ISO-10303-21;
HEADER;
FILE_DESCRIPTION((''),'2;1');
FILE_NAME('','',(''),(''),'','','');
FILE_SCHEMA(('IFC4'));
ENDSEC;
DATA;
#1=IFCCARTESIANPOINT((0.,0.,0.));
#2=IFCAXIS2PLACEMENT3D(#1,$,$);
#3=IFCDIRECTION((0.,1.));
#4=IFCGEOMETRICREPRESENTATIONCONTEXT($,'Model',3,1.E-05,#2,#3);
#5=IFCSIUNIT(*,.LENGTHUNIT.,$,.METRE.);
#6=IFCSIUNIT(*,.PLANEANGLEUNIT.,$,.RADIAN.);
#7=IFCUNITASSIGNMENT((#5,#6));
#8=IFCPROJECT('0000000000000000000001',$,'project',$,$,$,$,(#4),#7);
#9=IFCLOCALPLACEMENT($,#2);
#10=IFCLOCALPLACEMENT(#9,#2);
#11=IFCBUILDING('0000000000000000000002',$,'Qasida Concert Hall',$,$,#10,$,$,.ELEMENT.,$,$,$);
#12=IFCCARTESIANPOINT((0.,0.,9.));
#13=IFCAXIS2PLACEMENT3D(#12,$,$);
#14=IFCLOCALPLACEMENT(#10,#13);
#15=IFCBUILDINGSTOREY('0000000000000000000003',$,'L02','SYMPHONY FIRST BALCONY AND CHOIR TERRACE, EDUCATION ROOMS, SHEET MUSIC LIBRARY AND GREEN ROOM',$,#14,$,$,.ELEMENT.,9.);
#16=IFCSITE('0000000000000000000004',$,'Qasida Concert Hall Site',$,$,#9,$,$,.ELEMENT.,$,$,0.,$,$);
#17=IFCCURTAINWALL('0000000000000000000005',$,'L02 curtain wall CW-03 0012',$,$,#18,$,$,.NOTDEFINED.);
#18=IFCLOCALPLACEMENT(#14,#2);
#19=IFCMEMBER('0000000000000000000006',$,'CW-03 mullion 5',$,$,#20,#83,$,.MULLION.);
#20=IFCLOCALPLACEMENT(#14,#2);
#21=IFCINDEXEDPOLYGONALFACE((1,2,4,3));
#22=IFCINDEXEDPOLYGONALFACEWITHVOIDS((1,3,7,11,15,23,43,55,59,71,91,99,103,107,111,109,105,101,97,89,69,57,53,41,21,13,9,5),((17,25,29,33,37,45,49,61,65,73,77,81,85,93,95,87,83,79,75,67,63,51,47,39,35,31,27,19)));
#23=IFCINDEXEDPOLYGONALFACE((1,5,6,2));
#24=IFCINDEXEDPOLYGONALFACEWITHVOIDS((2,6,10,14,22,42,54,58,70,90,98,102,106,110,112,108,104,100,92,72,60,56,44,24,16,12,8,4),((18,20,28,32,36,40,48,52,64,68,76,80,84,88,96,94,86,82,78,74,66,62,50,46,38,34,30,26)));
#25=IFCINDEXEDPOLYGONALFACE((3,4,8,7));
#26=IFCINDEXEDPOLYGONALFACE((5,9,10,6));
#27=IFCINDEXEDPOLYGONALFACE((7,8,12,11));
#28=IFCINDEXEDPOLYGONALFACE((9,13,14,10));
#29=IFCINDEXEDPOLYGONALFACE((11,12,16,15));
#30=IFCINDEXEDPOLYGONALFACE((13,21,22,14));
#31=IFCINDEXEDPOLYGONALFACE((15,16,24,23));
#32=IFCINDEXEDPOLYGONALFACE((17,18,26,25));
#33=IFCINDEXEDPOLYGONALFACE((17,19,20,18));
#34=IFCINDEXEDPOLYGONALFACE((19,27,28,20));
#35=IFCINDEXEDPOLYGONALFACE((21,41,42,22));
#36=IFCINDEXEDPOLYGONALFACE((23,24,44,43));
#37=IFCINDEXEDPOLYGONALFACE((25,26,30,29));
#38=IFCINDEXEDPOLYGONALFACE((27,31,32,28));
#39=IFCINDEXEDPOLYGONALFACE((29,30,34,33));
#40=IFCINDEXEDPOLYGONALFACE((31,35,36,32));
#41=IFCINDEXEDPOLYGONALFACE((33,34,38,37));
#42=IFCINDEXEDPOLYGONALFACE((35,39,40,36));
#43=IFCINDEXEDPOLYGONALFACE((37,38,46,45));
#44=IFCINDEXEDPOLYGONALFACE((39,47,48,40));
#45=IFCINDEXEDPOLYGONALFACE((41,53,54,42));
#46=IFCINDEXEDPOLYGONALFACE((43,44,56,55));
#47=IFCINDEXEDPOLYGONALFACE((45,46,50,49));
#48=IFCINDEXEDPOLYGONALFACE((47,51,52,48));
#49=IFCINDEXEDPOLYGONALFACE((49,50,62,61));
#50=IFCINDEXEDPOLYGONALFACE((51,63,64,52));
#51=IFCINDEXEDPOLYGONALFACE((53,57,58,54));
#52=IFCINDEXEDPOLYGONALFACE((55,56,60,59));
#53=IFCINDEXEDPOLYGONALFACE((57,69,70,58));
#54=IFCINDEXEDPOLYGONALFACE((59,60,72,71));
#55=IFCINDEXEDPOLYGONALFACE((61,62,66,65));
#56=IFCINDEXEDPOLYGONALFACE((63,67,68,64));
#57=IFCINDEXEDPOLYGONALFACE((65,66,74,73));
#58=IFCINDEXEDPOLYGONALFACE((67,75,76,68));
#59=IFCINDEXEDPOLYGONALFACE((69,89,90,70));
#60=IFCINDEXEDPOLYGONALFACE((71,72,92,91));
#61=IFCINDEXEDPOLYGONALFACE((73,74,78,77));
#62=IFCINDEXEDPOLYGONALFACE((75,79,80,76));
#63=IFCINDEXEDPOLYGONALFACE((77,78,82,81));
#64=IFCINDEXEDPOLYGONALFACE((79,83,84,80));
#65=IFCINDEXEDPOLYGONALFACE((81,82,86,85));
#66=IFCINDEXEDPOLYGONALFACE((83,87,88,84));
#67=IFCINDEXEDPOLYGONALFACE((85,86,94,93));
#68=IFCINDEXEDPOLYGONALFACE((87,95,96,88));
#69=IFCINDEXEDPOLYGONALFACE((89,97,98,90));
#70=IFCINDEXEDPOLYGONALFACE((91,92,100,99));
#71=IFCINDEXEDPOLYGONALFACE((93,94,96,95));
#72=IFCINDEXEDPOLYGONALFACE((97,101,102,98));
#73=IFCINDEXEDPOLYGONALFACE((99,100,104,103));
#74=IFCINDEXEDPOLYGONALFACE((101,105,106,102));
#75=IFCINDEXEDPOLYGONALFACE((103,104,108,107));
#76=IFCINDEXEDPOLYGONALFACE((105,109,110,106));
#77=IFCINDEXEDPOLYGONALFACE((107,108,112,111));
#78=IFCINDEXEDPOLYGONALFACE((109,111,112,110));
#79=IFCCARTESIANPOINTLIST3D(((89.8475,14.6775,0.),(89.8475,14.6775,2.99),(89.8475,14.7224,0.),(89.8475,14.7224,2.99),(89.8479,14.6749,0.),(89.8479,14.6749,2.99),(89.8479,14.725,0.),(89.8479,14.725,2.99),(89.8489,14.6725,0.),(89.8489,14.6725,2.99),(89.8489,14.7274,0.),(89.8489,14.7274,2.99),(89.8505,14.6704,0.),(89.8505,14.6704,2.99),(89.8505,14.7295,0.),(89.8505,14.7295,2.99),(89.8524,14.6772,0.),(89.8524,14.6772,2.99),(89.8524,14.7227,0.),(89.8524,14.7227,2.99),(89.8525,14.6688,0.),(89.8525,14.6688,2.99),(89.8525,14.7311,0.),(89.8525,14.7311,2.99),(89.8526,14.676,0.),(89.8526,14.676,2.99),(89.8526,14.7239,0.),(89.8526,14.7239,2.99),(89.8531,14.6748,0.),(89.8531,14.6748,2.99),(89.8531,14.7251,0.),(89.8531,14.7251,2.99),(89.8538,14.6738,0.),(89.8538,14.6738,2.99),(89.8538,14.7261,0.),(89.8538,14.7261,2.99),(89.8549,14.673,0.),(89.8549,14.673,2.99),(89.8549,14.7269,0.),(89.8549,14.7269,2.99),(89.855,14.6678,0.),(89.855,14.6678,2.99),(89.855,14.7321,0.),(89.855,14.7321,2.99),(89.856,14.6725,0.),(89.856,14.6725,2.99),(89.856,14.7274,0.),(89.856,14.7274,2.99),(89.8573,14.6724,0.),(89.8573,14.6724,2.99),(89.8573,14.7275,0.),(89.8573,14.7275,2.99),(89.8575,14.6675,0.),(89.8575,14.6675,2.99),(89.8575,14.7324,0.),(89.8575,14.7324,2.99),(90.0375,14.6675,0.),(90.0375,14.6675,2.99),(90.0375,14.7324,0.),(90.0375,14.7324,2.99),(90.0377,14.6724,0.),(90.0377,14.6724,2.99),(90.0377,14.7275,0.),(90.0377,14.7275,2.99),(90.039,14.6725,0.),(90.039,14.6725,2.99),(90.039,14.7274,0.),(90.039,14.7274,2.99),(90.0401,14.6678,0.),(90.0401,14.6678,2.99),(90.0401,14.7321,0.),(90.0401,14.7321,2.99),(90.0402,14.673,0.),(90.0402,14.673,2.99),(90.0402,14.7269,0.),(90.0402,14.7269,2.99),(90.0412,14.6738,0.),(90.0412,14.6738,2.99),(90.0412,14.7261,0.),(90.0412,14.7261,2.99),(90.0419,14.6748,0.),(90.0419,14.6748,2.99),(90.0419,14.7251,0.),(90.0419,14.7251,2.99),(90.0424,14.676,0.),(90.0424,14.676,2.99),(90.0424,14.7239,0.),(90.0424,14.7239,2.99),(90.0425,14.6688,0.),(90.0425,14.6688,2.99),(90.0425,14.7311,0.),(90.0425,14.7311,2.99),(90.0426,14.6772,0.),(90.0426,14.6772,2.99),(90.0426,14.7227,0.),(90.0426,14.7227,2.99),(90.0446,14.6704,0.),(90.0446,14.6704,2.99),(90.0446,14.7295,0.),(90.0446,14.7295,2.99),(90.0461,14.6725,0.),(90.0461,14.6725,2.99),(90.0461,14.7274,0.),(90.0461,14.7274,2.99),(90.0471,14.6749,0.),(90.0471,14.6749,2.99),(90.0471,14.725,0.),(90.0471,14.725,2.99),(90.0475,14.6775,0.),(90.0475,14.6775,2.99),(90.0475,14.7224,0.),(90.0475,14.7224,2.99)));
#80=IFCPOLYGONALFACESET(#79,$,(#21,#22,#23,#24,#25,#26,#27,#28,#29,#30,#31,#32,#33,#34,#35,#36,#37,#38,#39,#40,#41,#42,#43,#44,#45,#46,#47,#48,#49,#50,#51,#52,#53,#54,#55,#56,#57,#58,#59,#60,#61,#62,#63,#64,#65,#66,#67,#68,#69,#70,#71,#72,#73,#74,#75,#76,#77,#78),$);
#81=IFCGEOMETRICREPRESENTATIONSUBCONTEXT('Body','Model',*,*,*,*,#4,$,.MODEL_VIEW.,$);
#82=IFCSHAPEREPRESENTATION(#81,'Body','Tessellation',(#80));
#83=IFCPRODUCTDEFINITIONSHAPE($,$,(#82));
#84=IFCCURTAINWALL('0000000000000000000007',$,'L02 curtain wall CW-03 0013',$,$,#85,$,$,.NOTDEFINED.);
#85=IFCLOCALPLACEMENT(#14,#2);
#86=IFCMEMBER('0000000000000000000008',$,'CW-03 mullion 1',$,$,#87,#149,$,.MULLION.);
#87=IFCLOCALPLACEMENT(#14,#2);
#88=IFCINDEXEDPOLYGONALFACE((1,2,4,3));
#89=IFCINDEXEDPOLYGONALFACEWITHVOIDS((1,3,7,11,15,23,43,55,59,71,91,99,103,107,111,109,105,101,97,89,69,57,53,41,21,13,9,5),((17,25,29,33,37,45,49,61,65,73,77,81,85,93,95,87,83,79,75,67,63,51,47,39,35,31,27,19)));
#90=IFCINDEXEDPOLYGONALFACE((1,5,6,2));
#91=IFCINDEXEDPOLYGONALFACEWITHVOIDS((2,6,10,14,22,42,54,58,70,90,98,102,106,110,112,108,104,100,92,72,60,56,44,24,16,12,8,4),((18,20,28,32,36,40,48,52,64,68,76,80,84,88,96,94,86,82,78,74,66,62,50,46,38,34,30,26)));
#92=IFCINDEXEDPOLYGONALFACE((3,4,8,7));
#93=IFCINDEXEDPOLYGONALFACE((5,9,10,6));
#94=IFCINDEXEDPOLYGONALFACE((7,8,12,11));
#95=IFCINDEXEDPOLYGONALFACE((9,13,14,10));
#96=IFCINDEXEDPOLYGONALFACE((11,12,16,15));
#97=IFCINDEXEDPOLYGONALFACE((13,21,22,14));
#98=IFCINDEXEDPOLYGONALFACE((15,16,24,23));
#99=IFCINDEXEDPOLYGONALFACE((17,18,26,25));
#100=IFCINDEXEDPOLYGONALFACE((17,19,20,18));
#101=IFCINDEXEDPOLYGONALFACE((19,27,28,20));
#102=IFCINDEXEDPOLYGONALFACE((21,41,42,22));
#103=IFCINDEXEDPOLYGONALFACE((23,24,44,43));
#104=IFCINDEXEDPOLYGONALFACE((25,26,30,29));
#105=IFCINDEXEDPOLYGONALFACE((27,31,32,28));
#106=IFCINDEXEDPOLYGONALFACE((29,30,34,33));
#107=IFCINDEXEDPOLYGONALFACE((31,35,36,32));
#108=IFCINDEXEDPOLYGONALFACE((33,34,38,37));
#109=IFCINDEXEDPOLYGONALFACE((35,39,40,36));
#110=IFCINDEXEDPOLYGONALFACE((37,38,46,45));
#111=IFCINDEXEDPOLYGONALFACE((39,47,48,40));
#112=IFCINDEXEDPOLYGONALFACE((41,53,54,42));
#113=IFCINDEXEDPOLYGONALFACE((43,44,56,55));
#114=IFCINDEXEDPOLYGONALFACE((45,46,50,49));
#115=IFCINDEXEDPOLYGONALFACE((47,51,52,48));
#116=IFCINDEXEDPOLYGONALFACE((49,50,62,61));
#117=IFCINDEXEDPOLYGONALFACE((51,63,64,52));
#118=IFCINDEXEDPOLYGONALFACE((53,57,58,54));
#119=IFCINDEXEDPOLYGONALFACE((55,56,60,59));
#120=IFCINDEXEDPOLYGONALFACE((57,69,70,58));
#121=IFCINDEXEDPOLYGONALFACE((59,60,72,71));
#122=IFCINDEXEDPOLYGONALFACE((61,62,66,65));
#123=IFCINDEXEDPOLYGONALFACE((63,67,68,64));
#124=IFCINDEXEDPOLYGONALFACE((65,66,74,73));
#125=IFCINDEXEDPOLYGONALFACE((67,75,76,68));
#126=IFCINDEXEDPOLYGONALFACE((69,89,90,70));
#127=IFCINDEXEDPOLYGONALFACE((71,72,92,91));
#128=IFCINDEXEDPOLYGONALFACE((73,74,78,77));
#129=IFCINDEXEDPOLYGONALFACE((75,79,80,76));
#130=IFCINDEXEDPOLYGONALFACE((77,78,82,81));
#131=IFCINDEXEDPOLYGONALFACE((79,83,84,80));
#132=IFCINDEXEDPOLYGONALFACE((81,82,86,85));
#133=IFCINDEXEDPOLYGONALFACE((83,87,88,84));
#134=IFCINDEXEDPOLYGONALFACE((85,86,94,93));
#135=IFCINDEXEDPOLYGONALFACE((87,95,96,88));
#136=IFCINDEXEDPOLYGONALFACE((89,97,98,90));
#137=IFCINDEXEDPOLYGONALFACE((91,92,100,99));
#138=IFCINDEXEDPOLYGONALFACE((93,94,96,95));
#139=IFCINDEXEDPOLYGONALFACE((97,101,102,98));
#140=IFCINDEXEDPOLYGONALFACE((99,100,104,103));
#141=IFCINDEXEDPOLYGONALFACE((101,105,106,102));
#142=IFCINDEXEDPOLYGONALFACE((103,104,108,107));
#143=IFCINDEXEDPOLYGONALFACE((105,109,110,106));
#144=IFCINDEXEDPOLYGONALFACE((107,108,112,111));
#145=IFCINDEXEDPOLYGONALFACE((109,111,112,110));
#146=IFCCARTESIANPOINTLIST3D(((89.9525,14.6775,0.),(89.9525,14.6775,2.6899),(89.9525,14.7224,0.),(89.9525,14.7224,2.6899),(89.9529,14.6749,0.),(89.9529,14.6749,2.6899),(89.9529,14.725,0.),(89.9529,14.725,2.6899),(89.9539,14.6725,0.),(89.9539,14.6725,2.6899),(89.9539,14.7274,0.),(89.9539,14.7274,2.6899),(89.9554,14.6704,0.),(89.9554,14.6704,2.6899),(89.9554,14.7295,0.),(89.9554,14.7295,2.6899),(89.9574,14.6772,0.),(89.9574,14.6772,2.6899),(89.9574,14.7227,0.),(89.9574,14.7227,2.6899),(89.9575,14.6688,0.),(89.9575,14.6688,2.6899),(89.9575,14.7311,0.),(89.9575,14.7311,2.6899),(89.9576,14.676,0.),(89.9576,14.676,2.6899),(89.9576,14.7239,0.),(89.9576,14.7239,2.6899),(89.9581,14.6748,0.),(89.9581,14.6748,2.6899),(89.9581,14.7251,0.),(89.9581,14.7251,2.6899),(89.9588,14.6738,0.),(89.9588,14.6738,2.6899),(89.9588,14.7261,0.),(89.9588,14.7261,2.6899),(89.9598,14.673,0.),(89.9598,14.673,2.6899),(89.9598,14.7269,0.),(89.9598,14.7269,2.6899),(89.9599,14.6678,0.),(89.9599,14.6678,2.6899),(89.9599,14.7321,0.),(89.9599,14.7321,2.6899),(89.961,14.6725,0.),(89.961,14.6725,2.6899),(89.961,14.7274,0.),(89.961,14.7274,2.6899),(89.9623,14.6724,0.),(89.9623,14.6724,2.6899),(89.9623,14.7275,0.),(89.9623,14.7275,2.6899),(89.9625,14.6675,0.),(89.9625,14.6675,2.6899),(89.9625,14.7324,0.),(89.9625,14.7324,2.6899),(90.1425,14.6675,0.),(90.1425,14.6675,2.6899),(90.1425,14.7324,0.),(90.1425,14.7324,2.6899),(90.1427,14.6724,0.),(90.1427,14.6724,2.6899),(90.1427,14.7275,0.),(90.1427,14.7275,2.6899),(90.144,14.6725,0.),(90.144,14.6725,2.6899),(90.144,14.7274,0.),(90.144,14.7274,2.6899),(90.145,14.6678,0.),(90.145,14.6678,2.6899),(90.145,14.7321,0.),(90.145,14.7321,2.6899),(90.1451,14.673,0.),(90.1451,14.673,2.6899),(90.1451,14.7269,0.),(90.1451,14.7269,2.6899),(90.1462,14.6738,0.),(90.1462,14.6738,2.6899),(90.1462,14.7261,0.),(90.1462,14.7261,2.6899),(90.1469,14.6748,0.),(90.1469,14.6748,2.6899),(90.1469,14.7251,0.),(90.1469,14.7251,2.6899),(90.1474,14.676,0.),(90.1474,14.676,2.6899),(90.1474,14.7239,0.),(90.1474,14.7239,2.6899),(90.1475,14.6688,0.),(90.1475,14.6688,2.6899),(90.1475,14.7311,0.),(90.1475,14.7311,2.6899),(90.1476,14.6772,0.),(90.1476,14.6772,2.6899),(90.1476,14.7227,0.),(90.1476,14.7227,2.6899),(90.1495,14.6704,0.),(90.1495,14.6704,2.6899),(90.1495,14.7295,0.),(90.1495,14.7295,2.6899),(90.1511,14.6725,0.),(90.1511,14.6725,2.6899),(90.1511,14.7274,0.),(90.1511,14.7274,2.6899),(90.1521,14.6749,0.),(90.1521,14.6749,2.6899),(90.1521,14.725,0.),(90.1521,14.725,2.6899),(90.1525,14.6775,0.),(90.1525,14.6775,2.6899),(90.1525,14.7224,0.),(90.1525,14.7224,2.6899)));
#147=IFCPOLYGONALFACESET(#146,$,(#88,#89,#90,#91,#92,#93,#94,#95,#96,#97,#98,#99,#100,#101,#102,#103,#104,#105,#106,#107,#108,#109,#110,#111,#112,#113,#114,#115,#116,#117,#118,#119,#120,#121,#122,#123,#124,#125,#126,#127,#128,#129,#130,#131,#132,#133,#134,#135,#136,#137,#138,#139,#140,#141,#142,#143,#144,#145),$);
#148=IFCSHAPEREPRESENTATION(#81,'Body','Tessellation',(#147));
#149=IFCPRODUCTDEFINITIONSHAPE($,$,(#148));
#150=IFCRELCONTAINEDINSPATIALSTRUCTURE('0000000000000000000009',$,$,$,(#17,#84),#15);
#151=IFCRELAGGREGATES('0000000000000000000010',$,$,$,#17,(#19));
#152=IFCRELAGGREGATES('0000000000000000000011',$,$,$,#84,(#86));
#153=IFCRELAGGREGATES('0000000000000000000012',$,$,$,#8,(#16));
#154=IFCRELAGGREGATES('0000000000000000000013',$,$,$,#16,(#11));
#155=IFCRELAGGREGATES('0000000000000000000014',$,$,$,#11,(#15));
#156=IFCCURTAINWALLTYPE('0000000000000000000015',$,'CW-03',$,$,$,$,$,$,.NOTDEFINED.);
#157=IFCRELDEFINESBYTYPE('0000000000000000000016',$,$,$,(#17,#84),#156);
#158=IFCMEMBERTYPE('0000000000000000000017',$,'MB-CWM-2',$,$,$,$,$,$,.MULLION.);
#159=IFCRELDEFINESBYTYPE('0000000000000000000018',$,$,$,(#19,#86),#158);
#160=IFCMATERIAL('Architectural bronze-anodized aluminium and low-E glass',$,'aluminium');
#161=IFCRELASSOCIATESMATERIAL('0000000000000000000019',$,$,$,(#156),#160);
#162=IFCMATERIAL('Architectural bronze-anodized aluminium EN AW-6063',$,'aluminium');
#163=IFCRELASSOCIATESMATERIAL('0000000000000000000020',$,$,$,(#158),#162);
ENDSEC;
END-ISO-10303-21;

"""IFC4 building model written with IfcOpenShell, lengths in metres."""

from ifc_helpers import new_model, si_unit, direction, frame, origin, origin_2d, place, context, subcontext, project, spatial, hollow_rectangle, extrude, material, material_profile, profile_set, type_object, element, aggregate, save


model = new_model("IFC4")

# Units and contexts
model_context = context("Model", 3, precision=1e-05, world=origin(), true_north=direction((0.0, 1.0)))
body_context = subcontext(model_context, "Body", "Model", "MODEL_VIEW")
ifc_project = project(units=[si_unit("LENGTHUNIT", "METRE"), si_unit("PLANEANGLEUNIT", "RADIAN")], contexts=[model_context])

# Site, building, storey
site_placement = place(None, origin())
site = spatial("IfcSite", under=ifc_project, at=site_placement, Name="Qasida Concert Hall Site", CompositionType="ELEMENT", RefElevation=0.0)
building_placement = place(site_placement, origin())
building = spatial("IfcBuilding", under=site, at=building_placement, Name="Qasida Concert Hall", CompositionType="ELEMENT")
storey_placement = place(building_placement, frame((0.0, 0.0, 9.0)))
storey = spatial("IfcBuildingStorey", under=building, at=storey_placement, Name="L02", Description="SYMPHONY FIRST BALCONY AND CHOIR TERRACE, EDUCATION ROOMS, SHEET MUSIC LIBRARY AND GREEN ROOM", CompositionType="ELEMENT", Elevation=9.0)

# Curtain wall, member
ifc_material_1 = material(Name="Architectural bronze-anodized aluminium and low-E glass", Category="aluminium")
curtain_wall_type = type_object("IfcCurtainWallType", Name="CW-03", PredefinedType="NOTDEFINED", material=ifc_material_1)
curtain_wall_1_placement = place(storey_placement, origin())
curtain_wall_1 = element("IfcCurtainWall", 1, at=curtain_wall_1_placement, inside=storey, type_object=curtain_wall_type, Name="L02 curtain wall CW-03 0012", PredefinedType="NOTDEFINED")
ifc_material_2 = material(Name="Architectural bronze-anodized aluminium EN AW-6063", Category="aluminium")
ifc_material_profile_1 = material_profile(ifc_material_2, hollow_rectangle(XDim=0.0649, YDim=0.2, WallThickness=0.0049, InnerFilletRadius=0.0049, OuterFilletRadius=0.01, at=origin_2d()), Name="CWM 200x65x5")
ifc_profile_set_1 = profile_set([ifc_material_profile_1], Name="Architectural bronze-anodized aluminium EN AW-6063")
member_type_1 = type_object("IfcMemberType", Name="MB-CWM-2", PredefinedType="MULLION", material=ifc_profile_set_1)
member_1_placement = place(storey_placement, frame((89.9475, 14.7, 0.0), z_axis=(0.0, 0.0, 1.0), x_axis=(0.0, 1.0, 0.0)))
member_1 = element("IfcMember", 2, at=member_1_placement, type_object=member_type_1, Name="CW-03 mullion 5", PredefinedType="MULLION", context=body_context, shape_type="SweptSolid", body=[
    extrude(hollow_rectangle(XDim=0.0649, YDim=0.2, WallThickness=0.0049, InnerFilletRadius=0.0049, OuterFilletRadius=0.01, at=origin_2d()), origin(), (0.0, 0.0, 1.0), 2.99),
])

# Curtain wall, member
curtain_wall_2_placement = place(storey_placement, origin())
curtain_wall_2 = element("IfcCurtainWall", 3, at=curtain_wall_2_placement, inside=storey, type_object=curtain_wall_type, Name="L02 curtain wall CW-03 0013", PredefinedType="NOTDEFINED")
member_2_placement = place(storey_placement, frame((90.0525, 14.7, 0.0), z_axis=(0.0, 0.0, 1.0), x_axis=(0.0, 1.0, 0.0)))
member_2 = element("IfcMember", 4, at=member_2_placement, type_object=member_type_1, Name="CW-03 mullion 1", PredefinedType="MULLION", context=body_context, shape_type="SweptSolid", body=[
    extrude(hollow_rectangle(XDim=0.0649, YDim=0.2, WallThickness=0.0049, InnerFilletRadius=0.0049, OuterFilletRadius=0.01, at=origin_2d()), origin(), (0.0, 0.0, 1.0), 2.6899),
])

aggregate(curtain_wall_1, [member_1])
aggregate(curtain_wall_2, [member_2])

save(model, "model.ifc")
